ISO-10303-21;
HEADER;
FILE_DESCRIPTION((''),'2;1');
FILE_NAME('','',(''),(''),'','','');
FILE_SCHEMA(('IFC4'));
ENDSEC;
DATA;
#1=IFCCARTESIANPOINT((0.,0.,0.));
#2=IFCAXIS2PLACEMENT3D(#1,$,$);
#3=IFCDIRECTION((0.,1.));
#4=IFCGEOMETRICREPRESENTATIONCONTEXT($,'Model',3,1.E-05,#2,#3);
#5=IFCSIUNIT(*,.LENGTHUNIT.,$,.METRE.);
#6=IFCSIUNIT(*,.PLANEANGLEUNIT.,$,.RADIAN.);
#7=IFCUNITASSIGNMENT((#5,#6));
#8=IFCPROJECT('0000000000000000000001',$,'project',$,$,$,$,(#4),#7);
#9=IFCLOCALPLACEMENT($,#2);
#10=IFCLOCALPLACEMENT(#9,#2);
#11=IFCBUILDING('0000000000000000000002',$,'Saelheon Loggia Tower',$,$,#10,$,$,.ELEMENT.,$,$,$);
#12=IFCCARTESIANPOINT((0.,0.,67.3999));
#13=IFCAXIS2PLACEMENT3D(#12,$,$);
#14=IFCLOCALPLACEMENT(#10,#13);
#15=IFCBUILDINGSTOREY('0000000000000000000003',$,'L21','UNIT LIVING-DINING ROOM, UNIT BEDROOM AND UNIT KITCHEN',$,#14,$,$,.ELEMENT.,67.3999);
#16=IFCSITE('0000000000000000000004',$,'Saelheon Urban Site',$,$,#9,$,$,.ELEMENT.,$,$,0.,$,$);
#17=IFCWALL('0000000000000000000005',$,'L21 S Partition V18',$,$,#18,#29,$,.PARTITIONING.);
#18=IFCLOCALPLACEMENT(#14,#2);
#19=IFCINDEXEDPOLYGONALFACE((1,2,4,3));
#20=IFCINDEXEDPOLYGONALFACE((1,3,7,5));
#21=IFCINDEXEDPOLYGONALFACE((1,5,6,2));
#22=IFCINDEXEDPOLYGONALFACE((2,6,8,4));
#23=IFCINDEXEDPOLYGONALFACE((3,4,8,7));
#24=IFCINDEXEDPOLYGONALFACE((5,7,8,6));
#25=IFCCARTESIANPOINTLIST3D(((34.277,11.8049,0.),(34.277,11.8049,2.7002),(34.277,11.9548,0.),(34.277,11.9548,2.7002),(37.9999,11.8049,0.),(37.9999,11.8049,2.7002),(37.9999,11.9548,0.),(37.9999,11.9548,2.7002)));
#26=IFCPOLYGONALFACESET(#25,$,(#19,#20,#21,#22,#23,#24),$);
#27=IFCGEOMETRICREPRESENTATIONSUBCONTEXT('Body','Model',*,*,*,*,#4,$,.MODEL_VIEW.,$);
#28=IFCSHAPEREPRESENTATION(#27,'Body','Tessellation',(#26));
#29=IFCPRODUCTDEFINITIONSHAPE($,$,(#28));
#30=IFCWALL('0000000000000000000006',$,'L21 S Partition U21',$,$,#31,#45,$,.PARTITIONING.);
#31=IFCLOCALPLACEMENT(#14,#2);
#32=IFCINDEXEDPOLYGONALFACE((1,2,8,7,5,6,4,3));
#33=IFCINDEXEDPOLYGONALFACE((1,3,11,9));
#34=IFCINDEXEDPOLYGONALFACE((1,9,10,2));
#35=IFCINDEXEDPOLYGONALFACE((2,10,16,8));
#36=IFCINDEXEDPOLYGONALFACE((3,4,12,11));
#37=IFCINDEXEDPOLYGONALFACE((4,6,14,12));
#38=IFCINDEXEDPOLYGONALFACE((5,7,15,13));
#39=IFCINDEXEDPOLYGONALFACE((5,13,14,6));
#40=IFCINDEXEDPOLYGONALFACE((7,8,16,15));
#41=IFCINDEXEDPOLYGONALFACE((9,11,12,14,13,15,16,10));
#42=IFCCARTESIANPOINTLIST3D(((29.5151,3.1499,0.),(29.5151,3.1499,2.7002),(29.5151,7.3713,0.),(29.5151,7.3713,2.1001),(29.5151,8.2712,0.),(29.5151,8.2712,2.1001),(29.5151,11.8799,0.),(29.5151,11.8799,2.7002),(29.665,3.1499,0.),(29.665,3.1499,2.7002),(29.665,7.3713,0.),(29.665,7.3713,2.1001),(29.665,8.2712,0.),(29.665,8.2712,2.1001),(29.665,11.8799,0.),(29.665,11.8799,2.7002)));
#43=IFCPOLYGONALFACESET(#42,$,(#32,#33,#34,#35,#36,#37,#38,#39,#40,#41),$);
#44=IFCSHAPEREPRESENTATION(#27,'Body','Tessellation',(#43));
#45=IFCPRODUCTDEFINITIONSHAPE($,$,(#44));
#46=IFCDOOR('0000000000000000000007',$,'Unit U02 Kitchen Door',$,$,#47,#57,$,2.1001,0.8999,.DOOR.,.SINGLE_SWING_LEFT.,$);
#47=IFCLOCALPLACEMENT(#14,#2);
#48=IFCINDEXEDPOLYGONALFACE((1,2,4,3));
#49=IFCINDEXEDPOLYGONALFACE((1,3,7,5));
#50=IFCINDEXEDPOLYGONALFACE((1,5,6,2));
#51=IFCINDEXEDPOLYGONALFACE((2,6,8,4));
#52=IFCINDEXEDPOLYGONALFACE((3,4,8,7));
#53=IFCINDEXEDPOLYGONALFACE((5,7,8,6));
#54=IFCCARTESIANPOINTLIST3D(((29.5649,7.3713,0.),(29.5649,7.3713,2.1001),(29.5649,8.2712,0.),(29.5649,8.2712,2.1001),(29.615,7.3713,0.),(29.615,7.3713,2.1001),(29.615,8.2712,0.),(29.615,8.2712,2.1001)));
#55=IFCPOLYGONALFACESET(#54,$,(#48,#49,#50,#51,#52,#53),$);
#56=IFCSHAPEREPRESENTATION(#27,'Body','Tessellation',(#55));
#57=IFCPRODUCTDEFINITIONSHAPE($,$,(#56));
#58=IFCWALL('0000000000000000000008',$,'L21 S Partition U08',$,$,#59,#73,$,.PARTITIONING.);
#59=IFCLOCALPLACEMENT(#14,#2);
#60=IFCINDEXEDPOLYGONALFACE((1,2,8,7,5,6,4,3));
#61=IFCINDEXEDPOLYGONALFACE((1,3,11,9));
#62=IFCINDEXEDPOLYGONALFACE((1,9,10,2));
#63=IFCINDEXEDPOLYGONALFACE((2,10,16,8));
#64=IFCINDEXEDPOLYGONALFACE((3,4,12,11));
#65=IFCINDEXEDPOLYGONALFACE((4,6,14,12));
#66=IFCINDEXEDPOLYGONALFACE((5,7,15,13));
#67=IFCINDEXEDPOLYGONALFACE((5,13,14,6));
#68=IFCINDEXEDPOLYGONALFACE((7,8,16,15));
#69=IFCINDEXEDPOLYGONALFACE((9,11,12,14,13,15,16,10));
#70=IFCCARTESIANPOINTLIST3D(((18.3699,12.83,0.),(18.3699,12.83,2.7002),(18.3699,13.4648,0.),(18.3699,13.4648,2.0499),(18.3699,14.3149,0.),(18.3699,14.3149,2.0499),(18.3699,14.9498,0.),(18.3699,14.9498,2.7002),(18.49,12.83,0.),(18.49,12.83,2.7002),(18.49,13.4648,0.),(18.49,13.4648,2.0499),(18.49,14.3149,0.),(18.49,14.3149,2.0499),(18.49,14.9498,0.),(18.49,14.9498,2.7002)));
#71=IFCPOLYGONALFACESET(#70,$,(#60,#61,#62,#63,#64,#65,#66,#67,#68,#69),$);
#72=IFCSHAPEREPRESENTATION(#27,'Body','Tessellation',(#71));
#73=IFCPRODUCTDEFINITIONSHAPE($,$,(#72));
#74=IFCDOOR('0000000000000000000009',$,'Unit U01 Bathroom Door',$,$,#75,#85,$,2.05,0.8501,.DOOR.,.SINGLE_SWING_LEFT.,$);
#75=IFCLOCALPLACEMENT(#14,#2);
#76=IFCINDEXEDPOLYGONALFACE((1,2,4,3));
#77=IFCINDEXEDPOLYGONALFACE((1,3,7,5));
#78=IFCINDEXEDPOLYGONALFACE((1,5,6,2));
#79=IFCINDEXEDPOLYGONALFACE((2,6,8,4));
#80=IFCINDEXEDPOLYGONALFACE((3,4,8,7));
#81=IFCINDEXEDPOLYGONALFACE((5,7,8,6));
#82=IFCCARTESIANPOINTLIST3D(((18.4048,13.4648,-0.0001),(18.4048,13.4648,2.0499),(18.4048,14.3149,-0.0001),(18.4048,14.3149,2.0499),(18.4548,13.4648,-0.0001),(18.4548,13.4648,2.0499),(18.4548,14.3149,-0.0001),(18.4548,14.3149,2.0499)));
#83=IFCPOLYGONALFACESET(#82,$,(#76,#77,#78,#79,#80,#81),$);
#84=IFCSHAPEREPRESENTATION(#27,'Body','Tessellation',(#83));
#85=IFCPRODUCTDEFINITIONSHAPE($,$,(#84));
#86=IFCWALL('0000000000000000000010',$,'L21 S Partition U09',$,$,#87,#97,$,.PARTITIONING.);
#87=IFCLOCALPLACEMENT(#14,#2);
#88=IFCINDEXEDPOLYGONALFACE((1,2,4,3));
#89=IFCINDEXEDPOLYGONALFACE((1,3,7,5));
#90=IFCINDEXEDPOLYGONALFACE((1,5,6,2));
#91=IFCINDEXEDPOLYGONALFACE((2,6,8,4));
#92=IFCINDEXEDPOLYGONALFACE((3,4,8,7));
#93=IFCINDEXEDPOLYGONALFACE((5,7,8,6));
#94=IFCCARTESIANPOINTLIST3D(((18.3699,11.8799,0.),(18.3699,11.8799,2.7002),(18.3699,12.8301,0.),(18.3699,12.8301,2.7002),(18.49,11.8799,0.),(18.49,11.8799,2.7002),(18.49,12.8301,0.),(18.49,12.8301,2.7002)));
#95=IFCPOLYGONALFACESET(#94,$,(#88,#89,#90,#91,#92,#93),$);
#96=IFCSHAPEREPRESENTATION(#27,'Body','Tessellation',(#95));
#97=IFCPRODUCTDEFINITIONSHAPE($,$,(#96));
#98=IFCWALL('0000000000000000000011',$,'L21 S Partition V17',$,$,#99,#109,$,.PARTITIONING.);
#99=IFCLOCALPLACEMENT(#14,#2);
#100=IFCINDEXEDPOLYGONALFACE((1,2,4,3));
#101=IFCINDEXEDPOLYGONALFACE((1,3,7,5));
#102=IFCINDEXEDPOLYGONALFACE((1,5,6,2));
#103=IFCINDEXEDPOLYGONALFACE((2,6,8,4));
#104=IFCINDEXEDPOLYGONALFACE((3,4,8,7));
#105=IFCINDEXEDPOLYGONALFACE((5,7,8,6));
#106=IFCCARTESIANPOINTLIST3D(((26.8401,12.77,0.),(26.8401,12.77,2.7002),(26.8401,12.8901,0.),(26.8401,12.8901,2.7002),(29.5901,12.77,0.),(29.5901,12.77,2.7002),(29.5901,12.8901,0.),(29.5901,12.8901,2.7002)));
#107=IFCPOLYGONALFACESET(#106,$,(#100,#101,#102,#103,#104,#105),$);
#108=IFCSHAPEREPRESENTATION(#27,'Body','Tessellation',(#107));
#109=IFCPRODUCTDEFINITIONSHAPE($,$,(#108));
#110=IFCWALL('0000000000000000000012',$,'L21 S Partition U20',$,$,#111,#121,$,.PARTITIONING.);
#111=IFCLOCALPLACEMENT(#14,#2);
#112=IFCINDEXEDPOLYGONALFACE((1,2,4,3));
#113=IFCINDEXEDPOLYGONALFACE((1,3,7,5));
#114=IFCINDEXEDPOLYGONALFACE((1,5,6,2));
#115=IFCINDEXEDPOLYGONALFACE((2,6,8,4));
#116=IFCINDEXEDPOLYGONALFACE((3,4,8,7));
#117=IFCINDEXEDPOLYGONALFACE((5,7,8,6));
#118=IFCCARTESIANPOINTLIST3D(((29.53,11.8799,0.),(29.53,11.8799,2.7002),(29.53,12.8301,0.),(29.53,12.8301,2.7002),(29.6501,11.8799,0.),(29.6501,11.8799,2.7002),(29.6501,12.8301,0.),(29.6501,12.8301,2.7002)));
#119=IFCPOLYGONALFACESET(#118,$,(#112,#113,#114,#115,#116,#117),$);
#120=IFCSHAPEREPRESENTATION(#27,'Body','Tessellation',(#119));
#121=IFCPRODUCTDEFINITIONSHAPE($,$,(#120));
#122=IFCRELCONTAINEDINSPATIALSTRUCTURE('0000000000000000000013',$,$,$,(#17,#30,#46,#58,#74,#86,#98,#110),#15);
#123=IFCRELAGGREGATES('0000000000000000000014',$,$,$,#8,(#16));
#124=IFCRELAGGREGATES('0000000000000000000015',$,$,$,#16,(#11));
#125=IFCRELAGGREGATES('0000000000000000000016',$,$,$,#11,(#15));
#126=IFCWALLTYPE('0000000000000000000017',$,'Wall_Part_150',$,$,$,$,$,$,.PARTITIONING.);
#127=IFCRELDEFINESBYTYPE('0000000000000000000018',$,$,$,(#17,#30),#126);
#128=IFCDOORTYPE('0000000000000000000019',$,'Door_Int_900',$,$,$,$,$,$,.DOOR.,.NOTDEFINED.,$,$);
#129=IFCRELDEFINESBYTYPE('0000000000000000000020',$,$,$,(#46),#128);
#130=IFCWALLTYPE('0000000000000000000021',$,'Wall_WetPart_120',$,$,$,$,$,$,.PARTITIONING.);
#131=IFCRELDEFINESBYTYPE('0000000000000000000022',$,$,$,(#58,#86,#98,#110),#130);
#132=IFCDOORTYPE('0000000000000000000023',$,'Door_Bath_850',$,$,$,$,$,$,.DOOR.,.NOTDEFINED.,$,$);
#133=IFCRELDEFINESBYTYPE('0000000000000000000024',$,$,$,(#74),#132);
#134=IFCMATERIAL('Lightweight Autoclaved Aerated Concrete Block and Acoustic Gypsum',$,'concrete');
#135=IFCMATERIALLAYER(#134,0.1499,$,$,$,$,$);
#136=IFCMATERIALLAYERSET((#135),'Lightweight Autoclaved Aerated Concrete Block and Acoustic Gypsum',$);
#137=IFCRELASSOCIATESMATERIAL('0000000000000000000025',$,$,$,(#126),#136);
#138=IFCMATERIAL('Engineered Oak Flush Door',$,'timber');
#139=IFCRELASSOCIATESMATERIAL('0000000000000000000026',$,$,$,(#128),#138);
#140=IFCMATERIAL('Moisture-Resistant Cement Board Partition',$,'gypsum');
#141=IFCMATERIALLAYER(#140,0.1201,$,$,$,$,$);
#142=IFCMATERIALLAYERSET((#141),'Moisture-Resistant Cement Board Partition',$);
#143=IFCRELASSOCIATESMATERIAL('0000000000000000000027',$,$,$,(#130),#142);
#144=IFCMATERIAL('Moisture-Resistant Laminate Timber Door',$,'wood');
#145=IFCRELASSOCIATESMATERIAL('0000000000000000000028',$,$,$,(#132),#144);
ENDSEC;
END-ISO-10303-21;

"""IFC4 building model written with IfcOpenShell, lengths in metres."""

from ifc_helpers import new_model, si_unit, direction, frame, frame_2d, origin, place, context, subcontext, project, spatial, rectangle, extrude, source, transform, mapped, material, layer, layer_set, type_object, element, fill, save


model = new_model("IFC4")

# Units and contexts
model_context = context("Model", 3, precision=1e-05, world=origin(), true_north=direction((0.0, 1.0)))
body_context = subcontext(model_context, "Body", "Model", "MODEL_VIEW")
ifc_project = project(units=[si_unit("LENGTHUNIT", "METRE"), si_unit("PLANEANGLEUNIT", "RADIAN")], contexts=[model_context])

# Site, building, storey
site_placement = place(None, origin())
site = spatial("IfcSite", under=ifc_project, at=site_placement, Name="Saelheon Urban Site", CompositionType="ELEMENT", RefElevation=0.0)
building_placement = place(site_placement, origin())
building = spatial("IfcBuilding", under=site, at=building_placement, Name="Saelheon Loggia Tower", CompositionType="ELEMENT")
storey_placement = place(building_placement, frame((0.0, 0.0, 67.3999)))
storey = spatial("IfcBuildingStorey", under=building, at=storey_placement, Name="L21", Description="UNIT LIVING-DINING ROOM, UNIT BEDROOM AND UNIT KITCHEN", CompositionType="ELEMENT", Elevation=67.3999)

# Shared definitions
ifc_material_1 = material(Name="Lightweight Autoclaved Aerated Concrete Block and Acoustic Gypsum", Category="concrete")
ifc_layer_1 = layer(ifc_material_1, 0.1499)
ifc_layer_set_1 = layer_set([ifc_layer_1], Name="Lightweight Autoclaved Aerated Concrete Block and Acoustic Gypsum")
wall_type_1 = type_object("IfcWallType", Name="Wall_Part_150", PredefinedType="PARTITIONING", material=ifc_layer_set_1)

# Shared definitions
ifc_material_2 = material(Name="Engineered Oak Flush Door", Category="timber")
door_type_1 = type_object("IfcDoorType", Name="Door_Int_900", OperationType="NOTDEFINED", PredefinedType="DOOR", material=ifc_material_2)
shared_shape_1 = source(origin(), body_context, "Body", "SweptSolid", [
    extrude(rectangle(XDim=0.8999, YDim=2.1001, at=frame_2d((0.45, 1.05))), frame((0.0, 0.0249, 0.0), z_axis=(0.0, -1.0, 0.0), x_axis=(1.0, 0.0, 0.0)), (0.0, 0.0, 1.0), 0.05),
])

# Wall
wall_1_placement = place(storey_placement, frame((34.2771, 11.8799, 0.0), z_axis=(0.0, 0.0, 1.0), x_axis=(1.0, 0.0, 0.0)))
element("IfcWall", 1, at=wall_1_placement, inside=storey, type_object=wall_type_1, Name="L21 S Partition V18", PredefinedType="PARTITIONING", context=body_context, shape_type="SweptSolid", body=[
    extrude(rectangle(XDim=3.7229, YDim=0.1499, at=frame_2d((1.8613, 0.0))), origin(), (0.0, 0.0, 1.0), 2.7002),
])

# Walls, openings, doors
wall_2_placement = place(storey_placement, frame((29.5901, 11.8799, 0.0), z_axis=(0.0, 0.0, 1.0), x_axis=(0.0, -1.0, 0.0)))
wall_2 = element("IfcWall", 2, at=wall_2_placement, inside=storey, type_object=wall_type_1, Name="L21 S Partition U21", PredefinedType="PARTITIONING", context=body_context, shape_type="SweptSolid", body=[
    extrude(rectangle(XDim=8.73, YDim=0.1499, at=frame_2d((4.365, 0.0))), origin(), (0.0, 0.0, 1.0), 2.7002),
])
opening_1_placement = place(wall_2_placement, frame((3.6086, 0.0, 0.0)))
opening_1 = element("IfcOpeningElement", 3, at=opening_1_placement, cuts=wall_2, PredefinedType="OPENING", context=body_context, shape_type="SweptSolid", body=[
    extrude(rectangle(XDim=0.8999, YDim=2.1001, at=frame_2d((0.45, 1.05))), frame((0.0, 0.0869, 0.0), z_axis=(0.0, -1.0, 0.0), x_axis=(1.0, 0.0, 0.0)), (0.0, 0.0, 1.0), 0.1738),
])
door_1_placement = place(opening_1_placement, origin())
door_1 = element("IfcDoor", 4, at=door_1_placement, inside=storey, type_object=door_type_1, Name="Unit U02 Kitchen Door", OperationType="SINGLE_SWING_LEFT", OverallHeight=2.1001, OverallWidth=0.8999, PredefinedType="DOOR", context=body_context, shape_type="MappedRepresentation", body=[
    mapped(shared_shape_1, transform((0.0, 0.0, 0.0), scale=1.0)),
])
fill(opening_1, door_1)
ifc_material_3 = material(Name="Moisture-Resistant Cement Board Partition", Category="gypsum")
ifc_layer_2 = layer(ifc_material_3, 0.1201)
ifc_layer_set_2 = layer_set([ifc_layer_2], Name="Moisture-Resistant Cement Board Partition")
wall_type_2 = type_object("IfcWallType", Name="Wall_WetPart_120", PredefinedType="PARTITIONING", material=ifc_layer_set_2)
wall_3_placement = place(storey_placement, frame((18.4299, 14.95, 0.0), z_axis=(0.0, 0.0, 1.0), x_axis=(0.0, -1.0, 0.0)))
wall_3 = element("IfcWall", 5, at=wall_3_placement, inside=storey, type_object=wall_type_2, Name="L21 S Partition U08", PredefinedType="PARTITIONING", context=body_context, shape_type="SweptSolid", body=[
    extrude(rectangle(XDim=2.1199, YDim=0.1201, at=frame_2d((1.0601, 0.0))), origin(), (0.0, 0.0, 1.0), 2.7002),
])
opening_2_placement = place(wall_3_placement, frame((0.635, 0.0, 0.0)))
opening_2 = element("IfcOpeningElement", 6, at=opening_2_placement, cuts=wall_3, PredefinedType="OPENING", context=body_context, shape_type="SweptSolid", body=[
    extrude(rectangle(XDim=0.8501, YDim=2.05, at=frame_2d((0.425, 1.0249))), frame((0.0, 0.072, 0.0), z_axis=(0.0, -1.0, 0.0), x_axis=(1.0, 0.0, 0.0)), (0.0, 0.0, 1.0), 0.144),
])
ifc_material_4 = material(Name="Moisture-Resistant Laminate Timber Door", Category="wood")
door_type_2 = type_object("IfcDoorType", Name="Door_Bath_850", OperationType="NOTDEFINED", PredefinedType="DOOR", material=ifc_material_4)
shared_shape_2 = source(origin(), body_context, "Body", "SweptSolid", [
    extrude(rectangle(XDim=0.8501, YDim=2.05, at=frame_2d((0.425, 1.0249))), frame((0.0, 0.0249, 0.0), z_axis=(0.0, -1.0, 0.0), x_axis=(1.0, 0.0, 0.0)), (0.0, 0.0, 1.0), 0.05),
])
door_2_placement = place(opening_2_placement, origin())
door_2 = element("IfcDoor", 7, at=door_2_placement, inside=storey, type_object=door_type_2, Name="Unit U01 Bathroom Door", OperationType="SINGLE_SWING_LEFT", OverallHeight=2.05, OverallWidth=0.8501, PredefinedType="DOOR", context=body_context, shape_type="MappedRepresentation", body=[
    mapped(shared_shape_2, transform((0.0, 0.0, 0.0), scale=1.0)),
])
fill(opening_2, door_2)

# Walls
wall_4_placement = place(storey_placement, frame((18.4299, 12.8301, 0.0), z_axis=(0.0, 0.0, 1.0), x_axis=(0.0, -1.0, 0.0)))
element("IfcWall", 8, at=wall_4_placement, inside=storey, type_object=wall_type_2, Name="L21 S Partition U09", PredefinedType="PARTITIONING", context=body_context, shape_type="SweptSolid", body=[
    extrude(rectangle(XDim=0.9502, YDim=0.1201, at=frame_2d((0.4751, 0.0))), origin(), (0.0, 0.0, 1.0), 2.7002),
])
wall_5_placement = place(storey_placement, frame((26.8401, 12.8301, 0.0), z_axis=(0.0, 0.0, 1.0), x_axis=(1.0, 0.0, 0.0)))
element("IfcWall", 9, at=wall_5_placement, inside=storey, type_object=wall_type_2, Name="L21 S Partition V17", PredefinedType="PARTITIONING", context=body_context, shape_type="SweptSolid", body=[
    extrude(rectangle(XDim=2.75, YDim=0.1201, at=frame_2d((1.375, 0.0))), origin(), (0.0, 0.0, 1.0), 2.7002),
])
wall_6_placement = place(storey_placement, frame((29.5901, 12.8301, 0.0), z_axis=(0.0, 0.0, 1.0), x_axis=(0.0, -1.0, 0.0)))
element("IfcWall", 10, at=wall_6_placement, inside=storey, type_object=wall_type_2, Name="L21 S Partition U20", PredefinedType="PARTITIONING", context=body_context, shape_type="SweptSolid", body=[
    extrude(rectangle(XDim=0.9502, YDim=0.1201, at=frame_2d((0.4751, 0.0))), origin(), (0.0, 0.0, 1.0), 2.7002),
])

save(model, "model.ifc")
